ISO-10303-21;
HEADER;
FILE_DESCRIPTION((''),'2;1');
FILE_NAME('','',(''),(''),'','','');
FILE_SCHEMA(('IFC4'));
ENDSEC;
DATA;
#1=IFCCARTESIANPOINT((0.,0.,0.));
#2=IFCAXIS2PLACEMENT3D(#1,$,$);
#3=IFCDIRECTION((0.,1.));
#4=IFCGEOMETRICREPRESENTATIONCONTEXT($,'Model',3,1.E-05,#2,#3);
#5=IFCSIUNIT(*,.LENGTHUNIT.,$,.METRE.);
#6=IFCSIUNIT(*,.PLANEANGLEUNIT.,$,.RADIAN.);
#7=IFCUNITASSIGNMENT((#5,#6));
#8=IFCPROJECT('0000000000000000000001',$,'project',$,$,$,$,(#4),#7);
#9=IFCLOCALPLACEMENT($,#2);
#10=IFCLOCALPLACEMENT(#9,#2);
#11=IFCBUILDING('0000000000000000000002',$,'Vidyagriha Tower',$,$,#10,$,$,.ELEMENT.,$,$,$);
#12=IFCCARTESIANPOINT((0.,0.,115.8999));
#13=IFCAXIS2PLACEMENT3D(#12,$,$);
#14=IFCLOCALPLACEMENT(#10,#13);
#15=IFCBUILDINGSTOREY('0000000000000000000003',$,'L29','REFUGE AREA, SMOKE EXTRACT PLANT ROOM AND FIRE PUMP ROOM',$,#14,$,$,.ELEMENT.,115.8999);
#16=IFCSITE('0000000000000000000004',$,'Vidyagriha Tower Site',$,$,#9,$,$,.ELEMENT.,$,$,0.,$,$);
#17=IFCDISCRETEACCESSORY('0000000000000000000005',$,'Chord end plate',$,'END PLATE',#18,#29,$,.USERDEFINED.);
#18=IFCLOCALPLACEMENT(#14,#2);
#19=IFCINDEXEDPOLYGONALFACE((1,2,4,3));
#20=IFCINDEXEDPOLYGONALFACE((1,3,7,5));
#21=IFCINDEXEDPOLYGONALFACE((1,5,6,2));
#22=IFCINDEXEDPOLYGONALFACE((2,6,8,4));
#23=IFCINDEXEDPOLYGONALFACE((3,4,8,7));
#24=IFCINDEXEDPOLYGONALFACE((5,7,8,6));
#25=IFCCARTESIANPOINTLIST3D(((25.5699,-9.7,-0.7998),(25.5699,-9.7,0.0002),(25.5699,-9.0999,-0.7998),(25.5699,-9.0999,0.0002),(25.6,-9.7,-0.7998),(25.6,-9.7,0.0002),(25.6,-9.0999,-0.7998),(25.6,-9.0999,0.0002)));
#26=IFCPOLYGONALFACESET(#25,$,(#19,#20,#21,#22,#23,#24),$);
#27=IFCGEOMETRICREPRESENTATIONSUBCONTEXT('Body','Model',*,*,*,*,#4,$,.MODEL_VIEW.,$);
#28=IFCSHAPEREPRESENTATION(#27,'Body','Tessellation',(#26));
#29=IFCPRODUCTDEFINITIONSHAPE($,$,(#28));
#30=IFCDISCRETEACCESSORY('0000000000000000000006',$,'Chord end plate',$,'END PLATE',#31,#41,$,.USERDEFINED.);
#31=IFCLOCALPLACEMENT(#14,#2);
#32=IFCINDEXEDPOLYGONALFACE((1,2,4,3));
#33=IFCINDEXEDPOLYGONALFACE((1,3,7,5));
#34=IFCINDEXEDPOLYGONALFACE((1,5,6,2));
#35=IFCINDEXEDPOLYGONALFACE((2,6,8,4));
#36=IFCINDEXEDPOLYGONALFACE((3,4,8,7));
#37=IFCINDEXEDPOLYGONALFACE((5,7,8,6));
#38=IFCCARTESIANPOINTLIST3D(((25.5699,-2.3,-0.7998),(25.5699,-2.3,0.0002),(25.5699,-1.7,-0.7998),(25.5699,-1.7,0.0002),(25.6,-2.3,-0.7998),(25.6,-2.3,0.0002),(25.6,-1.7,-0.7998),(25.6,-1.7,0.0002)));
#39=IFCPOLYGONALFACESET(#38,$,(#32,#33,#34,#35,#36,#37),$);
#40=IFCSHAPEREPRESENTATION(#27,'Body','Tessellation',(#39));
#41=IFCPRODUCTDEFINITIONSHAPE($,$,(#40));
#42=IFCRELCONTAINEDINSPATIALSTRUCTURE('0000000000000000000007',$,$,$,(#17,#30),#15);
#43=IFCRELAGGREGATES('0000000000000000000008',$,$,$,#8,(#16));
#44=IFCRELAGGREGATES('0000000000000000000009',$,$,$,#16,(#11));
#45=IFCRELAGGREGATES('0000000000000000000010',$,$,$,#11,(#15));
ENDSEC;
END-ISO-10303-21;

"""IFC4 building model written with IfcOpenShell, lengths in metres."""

from ifc_helpers import new_model, si_unit, direction, frame, origin, origin_2d, place, context, subcontext, project, spatial, rectangle, extrude, element, save


model = new_model("IFC4")

# Units and contexts
model_context = context("Model", 3, precision=1e-05, world=origin(), true_north=direction((0.0, 1.0)))
body_context = subcontext(model_context, "Body", "Model", "MODEL_VIEW")
ifc_project = project(units=[si_unit("LENGTHUNIT", "METRE"), si_unit("PLANEANGLEUNIT", "RADIAN")], contexts=[model_context])

# Site, building, storey
site_placement = place(None, origin())
site = spatial("IfcSite", under=ifc_project, at=site_placement, Name="Vidyagriha Tower Site", CompositionType="ELEMENT", RefElevation=0.0)
building_placement = place(site_placement, origin())
building = spatial("IfcBuilding", under=site, at=building_placement, Name="Vidyagriha Tower", CompositionType="ELEMENT")
storey_placement = place(building_placement, frame((0.0, 0.0, 115.8999)))
storey = spatial("IfcBuildingStorey", under=building, at=storey_placement, Name="L29", Description="REFUGE AREA, SMOKE EXTRACT PLANT ROOM AND FIRE PUMP ROOM", CompositionType="ELEMENT", Elevation=115.8999)

# Discrete accessories
for number, where, z_axis, x_axis, name in (
    (1, (25.585, -9.3999, -0.7998), (0.0, 0.0, 1.0), (-1.0, 0.0, 0.0), "Chord end plate"),
    (2, (25.585, -2.0, -0.7998), (0.0, 0.0, 1.0), (-1.0, 0.0, 0.0), "Chord end plate"),
):
    element("IfcDiscreteAccessory", number, at=place(storey_placement, frame(where, z_axis=z_axis, x_axis=x_axis)), inside=storey, Name=name, ObjectType="END PLATE", PredefinedType="USERDEFINED", context=body_context, shape_type="SweptSolid", body=[
        extrude(rectangle(XDim=0.03, YDim=0.6001, at=origin_2d()), origin(), (0.0, 0.0, 1.0), 0.8),
    ])

save(model, "model.ifc")
